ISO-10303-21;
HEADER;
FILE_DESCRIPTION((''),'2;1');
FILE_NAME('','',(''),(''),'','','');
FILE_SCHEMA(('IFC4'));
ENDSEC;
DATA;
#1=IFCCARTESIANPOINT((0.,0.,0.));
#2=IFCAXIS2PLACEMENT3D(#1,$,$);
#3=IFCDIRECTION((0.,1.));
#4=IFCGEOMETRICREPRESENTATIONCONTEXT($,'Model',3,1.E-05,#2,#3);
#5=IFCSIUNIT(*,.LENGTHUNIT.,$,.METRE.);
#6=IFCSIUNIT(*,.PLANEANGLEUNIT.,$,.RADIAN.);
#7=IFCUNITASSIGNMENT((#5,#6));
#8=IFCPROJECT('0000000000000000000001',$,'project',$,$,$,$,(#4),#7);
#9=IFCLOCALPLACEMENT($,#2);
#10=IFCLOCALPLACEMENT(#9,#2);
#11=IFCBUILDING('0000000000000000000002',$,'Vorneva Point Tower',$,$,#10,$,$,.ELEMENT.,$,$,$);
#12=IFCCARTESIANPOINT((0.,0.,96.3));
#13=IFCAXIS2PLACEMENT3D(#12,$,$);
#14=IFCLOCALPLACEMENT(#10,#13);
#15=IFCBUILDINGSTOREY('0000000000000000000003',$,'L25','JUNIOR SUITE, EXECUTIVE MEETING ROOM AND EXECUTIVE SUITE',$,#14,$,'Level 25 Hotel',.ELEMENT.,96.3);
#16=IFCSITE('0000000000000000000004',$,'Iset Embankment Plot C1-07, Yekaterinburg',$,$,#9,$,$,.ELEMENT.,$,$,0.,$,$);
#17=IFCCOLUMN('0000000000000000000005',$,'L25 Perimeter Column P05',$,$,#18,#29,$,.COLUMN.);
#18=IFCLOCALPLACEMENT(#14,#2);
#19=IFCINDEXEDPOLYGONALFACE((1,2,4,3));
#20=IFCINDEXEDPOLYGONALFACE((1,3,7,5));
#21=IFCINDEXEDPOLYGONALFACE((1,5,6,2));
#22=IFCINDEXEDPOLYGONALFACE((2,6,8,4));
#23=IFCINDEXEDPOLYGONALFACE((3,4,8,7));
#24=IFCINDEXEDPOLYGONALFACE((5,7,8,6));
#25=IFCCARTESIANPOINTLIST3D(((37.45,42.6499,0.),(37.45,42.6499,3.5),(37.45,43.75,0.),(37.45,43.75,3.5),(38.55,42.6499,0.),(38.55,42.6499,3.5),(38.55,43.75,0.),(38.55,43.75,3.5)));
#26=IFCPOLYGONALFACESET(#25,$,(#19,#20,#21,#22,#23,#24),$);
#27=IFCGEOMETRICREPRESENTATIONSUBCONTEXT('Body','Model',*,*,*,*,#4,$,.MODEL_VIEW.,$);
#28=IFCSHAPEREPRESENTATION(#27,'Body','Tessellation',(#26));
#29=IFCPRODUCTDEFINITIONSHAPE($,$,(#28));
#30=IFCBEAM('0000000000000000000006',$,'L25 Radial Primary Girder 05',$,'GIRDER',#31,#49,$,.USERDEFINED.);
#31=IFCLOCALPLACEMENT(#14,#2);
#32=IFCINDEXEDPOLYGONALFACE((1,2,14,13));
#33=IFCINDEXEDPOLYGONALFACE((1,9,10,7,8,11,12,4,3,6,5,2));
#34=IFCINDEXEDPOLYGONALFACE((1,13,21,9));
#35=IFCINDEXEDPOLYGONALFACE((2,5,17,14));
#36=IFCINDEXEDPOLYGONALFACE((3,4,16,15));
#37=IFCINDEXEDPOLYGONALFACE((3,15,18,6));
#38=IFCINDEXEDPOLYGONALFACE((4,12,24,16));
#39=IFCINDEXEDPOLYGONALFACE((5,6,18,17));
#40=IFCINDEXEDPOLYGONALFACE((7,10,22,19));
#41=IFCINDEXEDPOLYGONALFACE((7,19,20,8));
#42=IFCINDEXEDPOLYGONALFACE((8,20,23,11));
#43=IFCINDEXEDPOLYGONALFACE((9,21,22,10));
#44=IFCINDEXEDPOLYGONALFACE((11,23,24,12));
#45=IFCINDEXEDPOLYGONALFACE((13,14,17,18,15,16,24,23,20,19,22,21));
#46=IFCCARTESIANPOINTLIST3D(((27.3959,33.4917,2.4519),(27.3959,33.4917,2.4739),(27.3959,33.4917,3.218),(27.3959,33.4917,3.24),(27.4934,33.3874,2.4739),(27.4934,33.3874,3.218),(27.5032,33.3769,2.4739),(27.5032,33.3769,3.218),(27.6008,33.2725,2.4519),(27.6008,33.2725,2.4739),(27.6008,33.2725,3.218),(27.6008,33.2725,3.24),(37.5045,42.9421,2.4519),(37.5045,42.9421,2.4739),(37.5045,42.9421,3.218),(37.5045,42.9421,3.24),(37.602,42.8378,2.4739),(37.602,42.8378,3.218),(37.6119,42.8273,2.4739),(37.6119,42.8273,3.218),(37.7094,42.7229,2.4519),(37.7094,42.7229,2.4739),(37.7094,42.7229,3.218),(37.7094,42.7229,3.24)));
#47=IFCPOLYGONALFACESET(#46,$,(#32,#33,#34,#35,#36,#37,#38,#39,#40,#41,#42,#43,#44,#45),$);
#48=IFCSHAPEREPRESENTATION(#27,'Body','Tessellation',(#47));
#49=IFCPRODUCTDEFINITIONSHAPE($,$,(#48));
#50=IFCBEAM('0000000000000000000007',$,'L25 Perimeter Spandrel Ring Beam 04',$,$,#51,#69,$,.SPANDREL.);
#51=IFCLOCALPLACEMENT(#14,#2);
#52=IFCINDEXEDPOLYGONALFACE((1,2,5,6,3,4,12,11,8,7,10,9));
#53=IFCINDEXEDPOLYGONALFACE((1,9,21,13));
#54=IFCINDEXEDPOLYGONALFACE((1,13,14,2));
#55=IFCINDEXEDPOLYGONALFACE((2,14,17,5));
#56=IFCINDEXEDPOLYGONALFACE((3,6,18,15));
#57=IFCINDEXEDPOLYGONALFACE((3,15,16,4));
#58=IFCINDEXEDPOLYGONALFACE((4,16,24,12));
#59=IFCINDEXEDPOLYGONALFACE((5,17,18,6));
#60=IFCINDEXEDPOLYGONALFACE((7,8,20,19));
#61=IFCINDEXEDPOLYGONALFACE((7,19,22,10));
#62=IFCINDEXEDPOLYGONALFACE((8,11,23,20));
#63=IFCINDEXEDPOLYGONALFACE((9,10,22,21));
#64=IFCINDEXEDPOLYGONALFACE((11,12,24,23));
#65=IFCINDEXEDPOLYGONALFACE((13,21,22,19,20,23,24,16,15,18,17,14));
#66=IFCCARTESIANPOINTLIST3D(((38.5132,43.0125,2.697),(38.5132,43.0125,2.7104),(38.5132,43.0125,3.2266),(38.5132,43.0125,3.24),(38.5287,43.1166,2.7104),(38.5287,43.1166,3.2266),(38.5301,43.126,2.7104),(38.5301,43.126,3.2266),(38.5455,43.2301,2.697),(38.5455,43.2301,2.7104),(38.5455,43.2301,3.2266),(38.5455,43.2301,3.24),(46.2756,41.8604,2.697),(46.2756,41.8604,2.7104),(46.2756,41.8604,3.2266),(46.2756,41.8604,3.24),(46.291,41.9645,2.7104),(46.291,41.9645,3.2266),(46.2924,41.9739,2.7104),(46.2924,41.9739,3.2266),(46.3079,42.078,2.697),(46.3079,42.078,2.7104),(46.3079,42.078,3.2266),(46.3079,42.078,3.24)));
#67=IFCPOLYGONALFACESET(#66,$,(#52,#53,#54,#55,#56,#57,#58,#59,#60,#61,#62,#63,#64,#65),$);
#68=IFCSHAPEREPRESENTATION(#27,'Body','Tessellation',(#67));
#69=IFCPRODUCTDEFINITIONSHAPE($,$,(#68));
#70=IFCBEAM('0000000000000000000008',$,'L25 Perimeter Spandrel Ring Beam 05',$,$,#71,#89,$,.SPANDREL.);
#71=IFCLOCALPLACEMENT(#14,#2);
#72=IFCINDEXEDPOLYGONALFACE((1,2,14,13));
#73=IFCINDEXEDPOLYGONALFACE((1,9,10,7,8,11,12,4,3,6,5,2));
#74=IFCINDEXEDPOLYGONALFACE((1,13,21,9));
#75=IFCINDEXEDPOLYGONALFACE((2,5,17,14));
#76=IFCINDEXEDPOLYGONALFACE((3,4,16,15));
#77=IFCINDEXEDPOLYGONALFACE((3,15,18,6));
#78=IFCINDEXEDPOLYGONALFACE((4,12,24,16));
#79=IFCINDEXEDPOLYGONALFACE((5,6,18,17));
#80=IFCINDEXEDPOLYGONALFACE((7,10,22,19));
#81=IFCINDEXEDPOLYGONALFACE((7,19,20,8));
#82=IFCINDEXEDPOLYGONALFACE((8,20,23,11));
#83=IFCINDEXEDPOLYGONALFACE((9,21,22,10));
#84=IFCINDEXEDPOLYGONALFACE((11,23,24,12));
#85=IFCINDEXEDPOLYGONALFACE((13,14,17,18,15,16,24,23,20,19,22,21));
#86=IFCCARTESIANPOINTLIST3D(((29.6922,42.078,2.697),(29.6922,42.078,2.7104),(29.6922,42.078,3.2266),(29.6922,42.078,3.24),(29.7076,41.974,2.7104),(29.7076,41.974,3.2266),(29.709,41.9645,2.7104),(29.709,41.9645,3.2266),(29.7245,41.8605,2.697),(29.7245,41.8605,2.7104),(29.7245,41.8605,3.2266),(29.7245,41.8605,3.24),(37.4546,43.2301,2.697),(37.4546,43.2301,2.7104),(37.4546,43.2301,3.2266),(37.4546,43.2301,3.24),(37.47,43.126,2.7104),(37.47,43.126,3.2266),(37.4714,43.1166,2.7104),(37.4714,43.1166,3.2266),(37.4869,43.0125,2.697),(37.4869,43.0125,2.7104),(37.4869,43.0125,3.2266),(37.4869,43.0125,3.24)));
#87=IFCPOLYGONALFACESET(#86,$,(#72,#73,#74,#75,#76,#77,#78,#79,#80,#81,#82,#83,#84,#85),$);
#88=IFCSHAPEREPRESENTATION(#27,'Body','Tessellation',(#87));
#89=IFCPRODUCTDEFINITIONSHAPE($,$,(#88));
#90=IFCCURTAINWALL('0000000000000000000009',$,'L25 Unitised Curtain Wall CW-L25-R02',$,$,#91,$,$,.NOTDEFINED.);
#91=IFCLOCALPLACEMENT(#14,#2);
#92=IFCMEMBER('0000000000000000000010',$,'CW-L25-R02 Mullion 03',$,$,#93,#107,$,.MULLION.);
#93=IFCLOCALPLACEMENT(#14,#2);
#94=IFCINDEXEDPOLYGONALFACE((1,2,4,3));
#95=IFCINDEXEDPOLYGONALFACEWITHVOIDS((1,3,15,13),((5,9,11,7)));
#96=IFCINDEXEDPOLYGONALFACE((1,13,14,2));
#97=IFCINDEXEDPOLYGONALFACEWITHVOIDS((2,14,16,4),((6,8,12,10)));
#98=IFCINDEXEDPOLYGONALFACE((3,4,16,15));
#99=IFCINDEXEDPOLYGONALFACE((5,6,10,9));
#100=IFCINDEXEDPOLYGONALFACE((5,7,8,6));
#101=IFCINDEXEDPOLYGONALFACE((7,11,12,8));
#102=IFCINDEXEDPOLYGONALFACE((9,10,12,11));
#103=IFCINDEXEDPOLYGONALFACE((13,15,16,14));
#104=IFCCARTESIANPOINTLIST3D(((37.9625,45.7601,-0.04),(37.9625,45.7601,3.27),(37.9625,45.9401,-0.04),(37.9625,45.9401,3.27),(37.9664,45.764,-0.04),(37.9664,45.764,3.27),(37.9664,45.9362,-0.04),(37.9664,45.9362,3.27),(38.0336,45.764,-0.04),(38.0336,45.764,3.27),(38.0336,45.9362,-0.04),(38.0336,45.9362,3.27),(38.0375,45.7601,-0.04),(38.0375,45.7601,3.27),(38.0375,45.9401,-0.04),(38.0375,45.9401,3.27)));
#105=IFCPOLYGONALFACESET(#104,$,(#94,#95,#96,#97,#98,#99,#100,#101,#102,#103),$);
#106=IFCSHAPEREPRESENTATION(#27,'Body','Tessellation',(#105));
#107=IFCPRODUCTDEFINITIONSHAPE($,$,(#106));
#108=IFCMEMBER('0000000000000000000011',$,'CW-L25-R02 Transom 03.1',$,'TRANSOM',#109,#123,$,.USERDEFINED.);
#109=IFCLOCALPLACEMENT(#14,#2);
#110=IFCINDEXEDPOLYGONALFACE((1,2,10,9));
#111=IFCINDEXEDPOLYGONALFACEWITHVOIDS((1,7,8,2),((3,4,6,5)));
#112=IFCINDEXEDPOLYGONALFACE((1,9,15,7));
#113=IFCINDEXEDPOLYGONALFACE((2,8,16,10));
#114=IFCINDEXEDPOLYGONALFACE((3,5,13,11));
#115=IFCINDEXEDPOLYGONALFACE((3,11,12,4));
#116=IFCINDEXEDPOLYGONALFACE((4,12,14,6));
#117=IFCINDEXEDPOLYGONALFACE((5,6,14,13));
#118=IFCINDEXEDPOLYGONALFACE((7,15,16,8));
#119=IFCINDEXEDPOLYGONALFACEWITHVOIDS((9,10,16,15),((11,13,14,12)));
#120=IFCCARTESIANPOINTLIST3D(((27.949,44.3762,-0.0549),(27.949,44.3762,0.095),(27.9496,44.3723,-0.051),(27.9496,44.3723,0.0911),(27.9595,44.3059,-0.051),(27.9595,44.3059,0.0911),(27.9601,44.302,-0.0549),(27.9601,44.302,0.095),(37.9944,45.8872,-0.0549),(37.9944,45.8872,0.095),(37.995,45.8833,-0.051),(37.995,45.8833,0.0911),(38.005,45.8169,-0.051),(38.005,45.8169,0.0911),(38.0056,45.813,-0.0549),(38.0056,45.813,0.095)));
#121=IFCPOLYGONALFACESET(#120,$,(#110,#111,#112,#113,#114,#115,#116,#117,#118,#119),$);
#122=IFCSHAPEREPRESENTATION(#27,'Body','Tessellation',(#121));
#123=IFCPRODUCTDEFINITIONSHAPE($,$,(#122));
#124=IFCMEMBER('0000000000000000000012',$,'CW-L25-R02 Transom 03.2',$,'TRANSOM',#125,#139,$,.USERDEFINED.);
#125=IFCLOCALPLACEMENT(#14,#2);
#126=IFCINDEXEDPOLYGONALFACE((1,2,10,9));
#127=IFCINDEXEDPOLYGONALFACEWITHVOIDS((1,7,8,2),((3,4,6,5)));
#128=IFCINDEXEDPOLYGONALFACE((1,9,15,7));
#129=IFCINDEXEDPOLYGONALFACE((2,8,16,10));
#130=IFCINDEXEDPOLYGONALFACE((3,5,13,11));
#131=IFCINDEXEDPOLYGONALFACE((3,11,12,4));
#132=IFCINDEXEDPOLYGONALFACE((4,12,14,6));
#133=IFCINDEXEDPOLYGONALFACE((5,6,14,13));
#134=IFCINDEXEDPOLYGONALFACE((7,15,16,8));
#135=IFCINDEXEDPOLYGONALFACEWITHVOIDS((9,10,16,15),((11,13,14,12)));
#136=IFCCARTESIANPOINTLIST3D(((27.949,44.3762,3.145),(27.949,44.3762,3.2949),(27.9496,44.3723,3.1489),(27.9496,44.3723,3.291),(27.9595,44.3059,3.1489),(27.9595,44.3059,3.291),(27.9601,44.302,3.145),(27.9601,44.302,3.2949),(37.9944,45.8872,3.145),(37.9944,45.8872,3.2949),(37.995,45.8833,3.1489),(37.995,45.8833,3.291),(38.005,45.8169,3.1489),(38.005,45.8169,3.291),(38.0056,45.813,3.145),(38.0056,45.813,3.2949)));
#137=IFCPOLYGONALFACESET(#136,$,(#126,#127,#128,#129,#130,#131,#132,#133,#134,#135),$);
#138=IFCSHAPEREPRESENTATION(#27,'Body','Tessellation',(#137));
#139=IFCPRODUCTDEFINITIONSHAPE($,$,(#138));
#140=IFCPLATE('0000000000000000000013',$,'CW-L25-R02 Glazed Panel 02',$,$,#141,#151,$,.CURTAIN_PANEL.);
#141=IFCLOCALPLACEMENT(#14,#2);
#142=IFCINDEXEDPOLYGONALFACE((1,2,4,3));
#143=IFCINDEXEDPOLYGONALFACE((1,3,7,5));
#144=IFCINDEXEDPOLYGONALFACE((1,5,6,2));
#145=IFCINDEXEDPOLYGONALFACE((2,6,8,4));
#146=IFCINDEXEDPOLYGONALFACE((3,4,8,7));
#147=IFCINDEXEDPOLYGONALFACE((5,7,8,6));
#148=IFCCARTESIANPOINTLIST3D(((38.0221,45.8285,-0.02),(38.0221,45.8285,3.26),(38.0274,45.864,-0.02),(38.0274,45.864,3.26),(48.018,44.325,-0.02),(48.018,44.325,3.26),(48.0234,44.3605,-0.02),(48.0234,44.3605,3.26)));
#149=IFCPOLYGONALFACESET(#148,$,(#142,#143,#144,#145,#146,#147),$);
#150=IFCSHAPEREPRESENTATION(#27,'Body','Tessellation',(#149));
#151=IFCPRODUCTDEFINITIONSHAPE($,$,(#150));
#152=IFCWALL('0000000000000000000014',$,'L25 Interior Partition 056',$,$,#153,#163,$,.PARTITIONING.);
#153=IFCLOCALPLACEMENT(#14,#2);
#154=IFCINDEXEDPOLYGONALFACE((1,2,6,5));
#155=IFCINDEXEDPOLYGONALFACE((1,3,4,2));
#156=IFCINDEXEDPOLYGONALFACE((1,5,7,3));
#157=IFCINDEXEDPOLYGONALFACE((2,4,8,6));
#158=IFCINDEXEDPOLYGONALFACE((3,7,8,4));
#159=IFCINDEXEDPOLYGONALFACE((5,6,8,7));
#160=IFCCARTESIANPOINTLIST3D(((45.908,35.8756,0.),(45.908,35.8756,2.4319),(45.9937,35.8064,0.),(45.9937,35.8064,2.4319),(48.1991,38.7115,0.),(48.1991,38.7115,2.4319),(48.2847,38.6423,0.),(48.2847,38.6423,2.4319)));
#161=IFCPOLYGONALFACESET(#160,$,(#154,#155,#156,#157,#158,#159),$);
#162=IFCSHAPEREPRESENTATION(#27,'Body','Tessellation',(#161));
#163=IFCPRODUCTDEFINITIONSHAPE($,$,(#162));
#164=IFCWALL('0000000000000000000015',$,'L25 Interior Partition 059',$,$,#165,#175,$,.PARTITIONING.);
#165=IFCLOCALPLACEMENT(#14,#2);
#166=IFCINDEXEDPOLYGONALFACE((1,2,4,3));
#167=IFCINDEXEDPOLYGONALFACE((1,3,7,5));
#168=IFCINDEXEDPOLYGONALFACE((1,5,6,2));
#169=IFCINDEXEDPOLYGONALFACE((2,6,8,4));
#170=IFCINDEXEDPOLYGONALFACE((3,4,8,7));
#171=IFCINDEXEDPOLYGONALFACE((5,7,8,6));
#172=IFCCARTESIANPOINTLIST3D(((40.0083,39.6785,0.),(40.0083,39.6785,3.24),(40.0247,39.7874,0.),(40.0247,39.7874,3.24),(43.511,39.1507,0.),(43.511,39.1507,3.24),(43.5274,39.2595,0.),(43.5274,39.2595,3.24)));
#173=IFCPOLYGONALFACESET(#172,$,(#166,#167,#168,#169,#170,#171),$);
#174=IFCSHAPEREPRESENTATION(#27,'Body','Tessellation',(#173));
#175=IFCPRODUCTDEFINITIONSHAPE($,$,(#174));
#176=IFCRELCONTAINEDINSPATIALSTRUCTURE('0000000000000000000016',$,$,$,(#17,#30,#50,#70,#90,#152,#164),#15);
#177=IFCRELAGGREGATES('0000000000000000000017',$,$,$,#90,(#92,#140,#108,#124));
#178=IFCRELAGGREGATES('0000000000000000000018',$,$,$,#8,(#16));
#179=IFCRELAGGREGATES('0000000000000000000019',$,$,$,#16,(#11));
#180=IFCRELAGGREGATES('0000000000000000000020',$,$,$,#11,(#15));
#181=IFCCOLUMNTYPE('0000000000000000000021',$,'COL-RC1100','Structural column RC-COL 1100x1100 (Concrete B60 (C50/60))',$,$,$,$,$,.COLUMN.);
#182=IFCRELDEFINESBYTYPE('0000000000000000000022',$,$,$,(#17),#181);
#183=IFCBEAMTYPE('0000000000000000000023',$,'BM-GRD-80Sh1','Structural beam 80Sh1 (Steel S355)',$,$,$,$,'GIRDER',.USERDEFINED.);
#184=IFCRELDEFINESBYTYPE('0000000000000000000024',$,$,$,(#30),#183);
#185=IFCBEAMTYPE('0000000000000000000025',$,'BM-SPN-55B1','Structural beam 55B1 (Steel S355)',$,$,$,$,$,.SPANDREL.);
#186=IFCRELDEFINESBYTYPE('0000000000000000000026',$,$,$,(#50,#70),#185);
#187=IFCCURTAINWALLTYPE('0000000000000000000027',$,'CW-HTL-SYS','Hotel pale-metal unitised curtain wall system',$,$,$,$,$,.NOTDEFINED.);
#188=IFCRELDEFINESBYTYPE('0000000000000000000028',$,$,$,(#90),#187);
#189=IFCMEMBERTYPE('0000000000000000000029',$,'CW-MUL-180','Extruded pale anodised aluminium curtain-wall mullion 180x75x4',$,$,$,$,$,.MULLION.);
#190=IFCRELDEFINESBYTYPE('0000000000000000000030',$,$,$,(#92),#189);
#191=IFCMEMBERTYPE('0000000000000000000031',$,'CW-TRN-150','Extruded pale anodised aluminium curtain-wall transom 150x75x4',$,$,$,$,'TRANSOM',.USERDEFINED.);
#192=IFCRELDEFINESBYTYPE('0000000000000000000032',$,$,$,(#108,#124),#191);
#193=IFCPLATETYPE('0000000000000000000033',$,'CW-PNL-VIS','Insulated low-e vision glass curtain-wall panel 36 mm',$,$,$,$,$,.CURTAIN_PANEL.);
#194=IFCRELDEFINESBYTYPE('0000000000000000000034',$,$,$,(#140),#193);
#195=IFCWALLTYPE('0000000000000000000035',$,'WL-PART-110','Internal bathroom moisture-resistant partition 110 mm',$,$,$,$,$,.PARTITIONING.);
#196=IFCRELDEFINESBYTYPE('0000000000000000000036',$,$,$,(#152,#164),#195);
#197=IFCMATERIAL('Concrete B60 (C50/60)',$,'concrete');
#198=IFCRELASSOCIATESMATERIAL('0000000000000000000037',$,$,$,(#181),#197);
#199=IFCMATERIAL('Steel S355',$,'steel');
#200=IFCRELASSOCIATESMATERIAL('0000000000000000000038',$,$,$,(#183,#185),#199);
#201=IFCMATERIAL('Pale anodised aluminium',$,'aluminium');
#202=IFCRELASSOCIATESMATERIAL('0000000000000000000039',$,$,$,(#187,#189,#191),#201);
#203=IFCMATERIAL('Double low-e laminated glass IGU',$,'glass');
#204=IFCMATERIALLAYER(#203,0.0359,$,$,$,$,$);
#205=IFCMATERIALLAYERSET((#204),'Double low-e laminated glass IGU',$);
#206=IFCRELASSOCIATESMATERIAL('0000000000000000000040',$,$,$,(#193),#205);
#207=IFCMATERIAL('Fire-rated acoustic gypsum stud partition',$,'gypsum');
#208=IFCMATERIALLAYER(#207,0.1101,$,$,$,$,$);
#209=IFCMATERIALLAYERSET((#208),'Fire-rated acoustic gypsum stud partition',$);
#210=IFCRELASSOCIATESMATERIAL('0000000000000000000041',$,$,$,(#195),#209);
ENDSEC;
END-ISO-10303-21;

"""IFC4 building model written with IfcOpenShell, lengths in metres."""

from ifc_helpers import new_model, si_unit, direction, frame, frame_2d, origin, origin_2d, place, context, subcontext, project, spatial, rectangle, hollow_rectangle, i_section, extrude, material, layer, layer_set, material_profile, profile_set, type_object, element, aggregate, save


model = new_model("IFC4")

# Units and contexts
model_context = context("Model", 3, precision=1e-05, world=origin(), true_north=direction((0.0, 1.0)))
body_context = subcontext(model_context, "Body", "Model", "MODEL_VIEW")
ifc_project = project(units=[si_unit("LENGTHUNIT", "METRE"), si_unit("PLANEANGLEUNIT", "RADIAN")], contexts=[model_context])

# Site, building, storey
site_placement = place(None, origin())
site = spatial("IfcSite", under=ifc_project, at=site_placement, Name="Iset Embankment Plot C1-07, Yekaterinburg", CompositionType="ELEMENT", RefElevation=0.0)
building_placement = place(site_placement, origin())
building = spatial("IfcBuilding", under=site, at=building_placement, Name="Vorneva Point Tower", CompositionType="ELEMENT")
storey_placement = place(building_placement, frame((0.0, 0.0, 96.3)))
storey = spatial("IfcBuildingStorey", under=building, at=storey_placement, Name="L25", Description="JUNIOR SUITE, EXECUTIVE MEETING ROOM AND EXECUTIVE SUITE", LongName="Level 25 Hotel", CompositionType="ELEMENT", Elevation=96.3)

# Column
ifc_material_1 = material(Name="Concrete B60 (C50/60)", Category="concrete")
ifc_material_profile_1 = material_profile(ifc_material_1, rectangle(XDim=1.1001, YDim=1.1001, at=origin_2d()), Name="RC-COL 1100x1100")
ifc_profile_set_1 = profile_set([ifc_material_profile_1], Name="Concrete B60 (C50/60)")
column_type = type_object("IfcColumnType", Name="COL-RC1100", Description="Structural column RC-COL 1100x1100 (Concrete B60 (C50/60))", PredefinedType="COLUMN", material=ifc_profile_set_1)
column_placement = place(storey_placement, frame((38.0, 43.2, 0.0), z_axis=(0.0, 0.0, 1.0), x_axis=(0.0, 1.0, 0.0)))
element("IfcColumn", 1, at=column_placement, inside=storey, type_object=column_type, Name="L25 Perimeter Column P05", PredefinedType="COLUMN", context=body_context, shape_type="SweptSolid", body=[
    extrude(rectangle(XDim=1.1001, YDim=1.1001, at=origin_2d()), origin(), (0.0, 0.0, 1.0), 3.5),
])

# Beams
ifc_material_2 = material(Name="Steel S355", Category="steel")
ifc_material_profile_2 = material_profile(ifc_material_2, i_section(OverallWidth=0.3, OverallDepth=0.7881, WebThickness=0.0144, FlangeThickness=0.022, at=origin_2d()), Name="80Sh1")
ifc_profile_set_2 = profile_set([ifc_material_profile_2], Name="Steel S355")
beam_type_1 = type_object("IfcBeamType", Name="BM-GRD-80Sh1", Description="Structural beam 80Sh1 (Steel S355)", ElementType="GIRDER", PredefinedType="USERDEFINED", material=ifc_profile_set_2)
beam_placement = place(storey_placement, frame((37.6069, 42.8325, 2.8459), z_axis=(-0.730489, -0.682925, 0.0), x_axis=(0.682925, -0.730489, 0.0)))
element("IfcBeam", 2, at=beam_placement, inside=storey, type_object=beam_type_1, Name="L25 Radial Primary Girder 05", ObjectType="GIRDER", PredefinedType="USERDEFINED", context=body_context, shape_type="SweptSolid", body=[
    extrude(i_section(OverallWidth=0.3, OverallDepth=0.7881, WebThickness=0.0144, FlangeThickness=0.022, at=origin_2d()), origin(), (0.0, 0.0, 1.0), 13.8381),
])
ifc_material_profile_3 = material_profile(ifc_material_2, i_section(OverallWidth=0.22, OverallDepth=0.543, WebThickness=0.0095, FlangeThickness=0.0134, at=origin_2d()), Name="55B1")
ifc_profile_set_3 = profile_set([ifc_material_profile_3], Name="Steel S355")
beam_type_2 = type_object("IfcBeamType", Name="BM-SPN-55B1", Description="Structural beam 55B1 (Steel S355)", PredefinedType="SPANDREL", material=ifc_profile_set_3)
for number, where, z_axis, x_axis, name in (
    (3, (46.2917, 41.9692, 2.9685), (-0.989165, 0.146811, 0.0), (-0.146811, -0.989165, 0.0), "L25 Perimeter Spandrel Ring Beam 04"),
    (4, (37.4707, 43.1213, 2.9685), (-0.989165, -0.146811, 0.0), (0.146811, -0.989165, 0.0), "L25 Perimeter Spandrel Ring Beam 05"),
):
    element("IfcBeam", number, at=place(storey_placement, frame(where, z_axis=z_axis, x_axis=x_axis)), inside=storey, type_object=beam_type_2, Name=name, PredefinedType="SPANDREL", context=body_context, shape_type="SweptSolid", body=[
        extrude(i_section(OverallWidth=0.22, OverallDepth=0.543, WebThickness=0.0095, FlangeThickness=0.0134, at=origin_2d()), origin(), (0.0, 0.0, 1.0), 7.8474),
    ])

# Curtain wall, members, plate
ifc_material_3 = material(Name="Pale anodised aluminium", Category="aluminium")
curtain_wall_type = type_object("IfcCurtainWallType", Name="CW-HTL-SYS", Description="Hotel pale-metal unitised curtain wall system", PredefinedType="NOTDEFINED", material=ifc_material_3)
curtain_wall_placement = place(storey_placement, origin())
curtain_wall = element("IfcCurtainWall", 5, at=curtain_wall_placement, inside=storey, type_object=curtain_wall_type, Name="L25 Unitised Curtain Wall CW-L25-R02", PredefinedType="NOTDEFINED")
ifc_material_profile_4 = material_profile(ifc_material_3, hollow_rectangle(XDim=0.075, YDim=0.1799, WallThickness=0.0039, at=origin_2d()), Name="AL-MUL 180x75x4")
ifc_profile_set_4 = profile_set([ifc_material_profile_4], Name="Pale anodised aluminium")
member_type_1 = type_object("IfcMemberType", Name="CW-MUL-180", Description="Extruded pale anodised aluminium curtain-wall mullion 180x75x4", PredefinedType="MULLION", material=ifc_profile_set_4)
member_1_placement = place(storey_placement, frame((38.0, 45.8501, -0.04), z_axis=(0.0, 0.0, 1.0), x_axis=(1.0, 0.0, 0.0)))
member_1 = element("IfcMember", 6, at=member_1_placement, type_object=member_type_1, Name="CW-L25-R02 Mullion 03", PredefinedType="MULLION", context=body_context, shape_type="SweptSolid", body=[
    extrude(hollow_rectangle(XDim=0.075, YDim=0.1799, WallThickness=0.0039, at=origin_2d()), origin(), (0.0, 0.0, 1.0), 3.3101),
])
ifc_material_profile_5 = material_profile(ifc_material_3, hollow_rectangle(XDim=0.075, YDim=0.1499, WallThickness=0.0039, at=origin_2d()), Name="AL-TRN 150x75x4")
ifc_profile_set_5 = profile_set([ifc_material_profile_5], Name="Pale anodised aluminium")
member_type_2 = type_object("IfcMemberType", Name="CW-TRN-150", Description="Extruded pale anodised aluminium curtain-wall transom 150x75x4", ElementType="TRANSOM", PredefinedType="USERDEFINED", material=ifc_profile_set_5)
member_2_placement = place(storey_placement, frame((38.0, 45.8501, 0.02), z_axis=(-0.988876, -0.148742, 0.0), x_axis=(0.148742, -0.988876, 0.0)))
member_2 = element("IfcMember", 7, at=member_2_placement, type_object=member_type_2, Name="CW-L25-R02 Transom 03.1", ObjectType="TRANSOM", PredefinedType="USERDEFINED", context=body_context, shape_type="SweptSolid", body=[
    extrude(hollow_rectangle(XDim=0.075, YDim=0.1499, WallThickness=0.0039, at=origin_2d()), origin(), (0.0, 0.0, 1.0), 10.1584),
])
member_3_placement = place(storey_placement, frame((38.0, 45.8501, 3.22), z_axis=(-0.988876, -0.148742, 0.0), x_axis=(0.148742, -0.988876, 0.0)))
member_3 = element("IfcMember", 8, at=member_3_placement, type_object=member_type_2, Name="CW-L25-R02 Transom 03.2", ObjectType="TRANSOM", PredefinedType="USERDEFINED", context=body_context, shape_type="SweptSolid", body=[
    extrude(hollow_rectangle(XDim=0.075, YDim=0.1499, WallThickness=0.0039, at=origin_2d()), origin(), (0.0, 0.0, 1.0), 10.1584),
])
ifc_material_4 = material(Name="Double low-e laminated glass IGU", Category="glass")
ifc_layer_1 = layer(ifc_material_4, 0.0359)
ifc_layer_set_1 = layer_set([ifc_layer_1], Name="Double low-e laminated glass IGU")
plate_type = type_object("IfcPlateType", Name="CW-PNL-VIS", Description="Insulated low-e vision glass curtain-wall panel 36 mm", PredefinedType="CURTAIN_PANEL", material=ifc_layer_set_1)
plate_placement = place(storey_placement, frame((43.0227, 45.0945, -0.02), z_axis=(0.0, 0.0, 1.0), x_axis=(-0.988876, 0.148741, 0.0)))
plate = element("IfcPlate", 9, at=plate_placement, type_object=plate_type, Name="CW-L25-R02 Glazed Panel 02", PredefinedType="CURTAIN_PANEL", context=body_context, shape_type="SweptSolid", body=[
    extrude(rectangle(XDim=10.1084, YDim=0.0359, at=origin_2d()), origin(), (0.0, 0.0, 1.0), 3.28),
])
aggregate(curtain_wall, [member_1, plate, member_2, member_3])

# Walls
ifc_material_5 = material(Name="Fire-rated acoustic gypsum stud partition", Category="gypsum")
ifc_layer_2 = layer(ifc_material_5, 0.1101)
ifc_layer_set_2 = layer_set([ifc_layer_2], Name="Fire-rated acoustic gypsum stud partition")
wall_type_1 = type_object("IfcWallType", Name="WL-PART-110", Description="Internal bathroom moisture-resistant partition 110 mm", PredefinedType="PARTITIONING", material=ifc_layer_set_2)
wall_1_placement = place(storey_placement, frame((45.9509, 35.8411, 0.0), z_axis=(0.0, 0.0, 1.0), x_axis=(0.628412, 0.777881, 0.0)))
element("IfcWall", 10, at=wall_1_placement, inside=storey, type_object=wall_type_1, Name="L25 Interior Partition 056", PredefinedType="PARTITIONING", context=body_context, shape_type="SweptSolid", body=[
    extrude(rectangle(XDim=3.6458, YDim=0.1101, at=frame_2d((1.8228, 0.0))), origin(), (0.0, 0.0, 1.0), 2.4319),
])
wall_2_placement = place(storey_placement, frame((40.0166, 39.7329, 0.0), z_axis=(0.0, 0.0, 1.0), x_axis=(0.988836, -0.149011, 0.0)))
element("IfcWall", 11, at=wall_2_placement, inside=storey, type_object=wall_type_1, Name="L25 Interior Partition 059", PredefinedType="PARTITIONING", context=body_context, shape_type="SweptSolid", body=[
    extrude(rectangle(XDim=3.5422, YDim=0.1101, at=frame_2d((1.771, 0.0))), origin(), (0.0, 0.0, 1.0), 3.24),
])

save(model, "model.ifc")
